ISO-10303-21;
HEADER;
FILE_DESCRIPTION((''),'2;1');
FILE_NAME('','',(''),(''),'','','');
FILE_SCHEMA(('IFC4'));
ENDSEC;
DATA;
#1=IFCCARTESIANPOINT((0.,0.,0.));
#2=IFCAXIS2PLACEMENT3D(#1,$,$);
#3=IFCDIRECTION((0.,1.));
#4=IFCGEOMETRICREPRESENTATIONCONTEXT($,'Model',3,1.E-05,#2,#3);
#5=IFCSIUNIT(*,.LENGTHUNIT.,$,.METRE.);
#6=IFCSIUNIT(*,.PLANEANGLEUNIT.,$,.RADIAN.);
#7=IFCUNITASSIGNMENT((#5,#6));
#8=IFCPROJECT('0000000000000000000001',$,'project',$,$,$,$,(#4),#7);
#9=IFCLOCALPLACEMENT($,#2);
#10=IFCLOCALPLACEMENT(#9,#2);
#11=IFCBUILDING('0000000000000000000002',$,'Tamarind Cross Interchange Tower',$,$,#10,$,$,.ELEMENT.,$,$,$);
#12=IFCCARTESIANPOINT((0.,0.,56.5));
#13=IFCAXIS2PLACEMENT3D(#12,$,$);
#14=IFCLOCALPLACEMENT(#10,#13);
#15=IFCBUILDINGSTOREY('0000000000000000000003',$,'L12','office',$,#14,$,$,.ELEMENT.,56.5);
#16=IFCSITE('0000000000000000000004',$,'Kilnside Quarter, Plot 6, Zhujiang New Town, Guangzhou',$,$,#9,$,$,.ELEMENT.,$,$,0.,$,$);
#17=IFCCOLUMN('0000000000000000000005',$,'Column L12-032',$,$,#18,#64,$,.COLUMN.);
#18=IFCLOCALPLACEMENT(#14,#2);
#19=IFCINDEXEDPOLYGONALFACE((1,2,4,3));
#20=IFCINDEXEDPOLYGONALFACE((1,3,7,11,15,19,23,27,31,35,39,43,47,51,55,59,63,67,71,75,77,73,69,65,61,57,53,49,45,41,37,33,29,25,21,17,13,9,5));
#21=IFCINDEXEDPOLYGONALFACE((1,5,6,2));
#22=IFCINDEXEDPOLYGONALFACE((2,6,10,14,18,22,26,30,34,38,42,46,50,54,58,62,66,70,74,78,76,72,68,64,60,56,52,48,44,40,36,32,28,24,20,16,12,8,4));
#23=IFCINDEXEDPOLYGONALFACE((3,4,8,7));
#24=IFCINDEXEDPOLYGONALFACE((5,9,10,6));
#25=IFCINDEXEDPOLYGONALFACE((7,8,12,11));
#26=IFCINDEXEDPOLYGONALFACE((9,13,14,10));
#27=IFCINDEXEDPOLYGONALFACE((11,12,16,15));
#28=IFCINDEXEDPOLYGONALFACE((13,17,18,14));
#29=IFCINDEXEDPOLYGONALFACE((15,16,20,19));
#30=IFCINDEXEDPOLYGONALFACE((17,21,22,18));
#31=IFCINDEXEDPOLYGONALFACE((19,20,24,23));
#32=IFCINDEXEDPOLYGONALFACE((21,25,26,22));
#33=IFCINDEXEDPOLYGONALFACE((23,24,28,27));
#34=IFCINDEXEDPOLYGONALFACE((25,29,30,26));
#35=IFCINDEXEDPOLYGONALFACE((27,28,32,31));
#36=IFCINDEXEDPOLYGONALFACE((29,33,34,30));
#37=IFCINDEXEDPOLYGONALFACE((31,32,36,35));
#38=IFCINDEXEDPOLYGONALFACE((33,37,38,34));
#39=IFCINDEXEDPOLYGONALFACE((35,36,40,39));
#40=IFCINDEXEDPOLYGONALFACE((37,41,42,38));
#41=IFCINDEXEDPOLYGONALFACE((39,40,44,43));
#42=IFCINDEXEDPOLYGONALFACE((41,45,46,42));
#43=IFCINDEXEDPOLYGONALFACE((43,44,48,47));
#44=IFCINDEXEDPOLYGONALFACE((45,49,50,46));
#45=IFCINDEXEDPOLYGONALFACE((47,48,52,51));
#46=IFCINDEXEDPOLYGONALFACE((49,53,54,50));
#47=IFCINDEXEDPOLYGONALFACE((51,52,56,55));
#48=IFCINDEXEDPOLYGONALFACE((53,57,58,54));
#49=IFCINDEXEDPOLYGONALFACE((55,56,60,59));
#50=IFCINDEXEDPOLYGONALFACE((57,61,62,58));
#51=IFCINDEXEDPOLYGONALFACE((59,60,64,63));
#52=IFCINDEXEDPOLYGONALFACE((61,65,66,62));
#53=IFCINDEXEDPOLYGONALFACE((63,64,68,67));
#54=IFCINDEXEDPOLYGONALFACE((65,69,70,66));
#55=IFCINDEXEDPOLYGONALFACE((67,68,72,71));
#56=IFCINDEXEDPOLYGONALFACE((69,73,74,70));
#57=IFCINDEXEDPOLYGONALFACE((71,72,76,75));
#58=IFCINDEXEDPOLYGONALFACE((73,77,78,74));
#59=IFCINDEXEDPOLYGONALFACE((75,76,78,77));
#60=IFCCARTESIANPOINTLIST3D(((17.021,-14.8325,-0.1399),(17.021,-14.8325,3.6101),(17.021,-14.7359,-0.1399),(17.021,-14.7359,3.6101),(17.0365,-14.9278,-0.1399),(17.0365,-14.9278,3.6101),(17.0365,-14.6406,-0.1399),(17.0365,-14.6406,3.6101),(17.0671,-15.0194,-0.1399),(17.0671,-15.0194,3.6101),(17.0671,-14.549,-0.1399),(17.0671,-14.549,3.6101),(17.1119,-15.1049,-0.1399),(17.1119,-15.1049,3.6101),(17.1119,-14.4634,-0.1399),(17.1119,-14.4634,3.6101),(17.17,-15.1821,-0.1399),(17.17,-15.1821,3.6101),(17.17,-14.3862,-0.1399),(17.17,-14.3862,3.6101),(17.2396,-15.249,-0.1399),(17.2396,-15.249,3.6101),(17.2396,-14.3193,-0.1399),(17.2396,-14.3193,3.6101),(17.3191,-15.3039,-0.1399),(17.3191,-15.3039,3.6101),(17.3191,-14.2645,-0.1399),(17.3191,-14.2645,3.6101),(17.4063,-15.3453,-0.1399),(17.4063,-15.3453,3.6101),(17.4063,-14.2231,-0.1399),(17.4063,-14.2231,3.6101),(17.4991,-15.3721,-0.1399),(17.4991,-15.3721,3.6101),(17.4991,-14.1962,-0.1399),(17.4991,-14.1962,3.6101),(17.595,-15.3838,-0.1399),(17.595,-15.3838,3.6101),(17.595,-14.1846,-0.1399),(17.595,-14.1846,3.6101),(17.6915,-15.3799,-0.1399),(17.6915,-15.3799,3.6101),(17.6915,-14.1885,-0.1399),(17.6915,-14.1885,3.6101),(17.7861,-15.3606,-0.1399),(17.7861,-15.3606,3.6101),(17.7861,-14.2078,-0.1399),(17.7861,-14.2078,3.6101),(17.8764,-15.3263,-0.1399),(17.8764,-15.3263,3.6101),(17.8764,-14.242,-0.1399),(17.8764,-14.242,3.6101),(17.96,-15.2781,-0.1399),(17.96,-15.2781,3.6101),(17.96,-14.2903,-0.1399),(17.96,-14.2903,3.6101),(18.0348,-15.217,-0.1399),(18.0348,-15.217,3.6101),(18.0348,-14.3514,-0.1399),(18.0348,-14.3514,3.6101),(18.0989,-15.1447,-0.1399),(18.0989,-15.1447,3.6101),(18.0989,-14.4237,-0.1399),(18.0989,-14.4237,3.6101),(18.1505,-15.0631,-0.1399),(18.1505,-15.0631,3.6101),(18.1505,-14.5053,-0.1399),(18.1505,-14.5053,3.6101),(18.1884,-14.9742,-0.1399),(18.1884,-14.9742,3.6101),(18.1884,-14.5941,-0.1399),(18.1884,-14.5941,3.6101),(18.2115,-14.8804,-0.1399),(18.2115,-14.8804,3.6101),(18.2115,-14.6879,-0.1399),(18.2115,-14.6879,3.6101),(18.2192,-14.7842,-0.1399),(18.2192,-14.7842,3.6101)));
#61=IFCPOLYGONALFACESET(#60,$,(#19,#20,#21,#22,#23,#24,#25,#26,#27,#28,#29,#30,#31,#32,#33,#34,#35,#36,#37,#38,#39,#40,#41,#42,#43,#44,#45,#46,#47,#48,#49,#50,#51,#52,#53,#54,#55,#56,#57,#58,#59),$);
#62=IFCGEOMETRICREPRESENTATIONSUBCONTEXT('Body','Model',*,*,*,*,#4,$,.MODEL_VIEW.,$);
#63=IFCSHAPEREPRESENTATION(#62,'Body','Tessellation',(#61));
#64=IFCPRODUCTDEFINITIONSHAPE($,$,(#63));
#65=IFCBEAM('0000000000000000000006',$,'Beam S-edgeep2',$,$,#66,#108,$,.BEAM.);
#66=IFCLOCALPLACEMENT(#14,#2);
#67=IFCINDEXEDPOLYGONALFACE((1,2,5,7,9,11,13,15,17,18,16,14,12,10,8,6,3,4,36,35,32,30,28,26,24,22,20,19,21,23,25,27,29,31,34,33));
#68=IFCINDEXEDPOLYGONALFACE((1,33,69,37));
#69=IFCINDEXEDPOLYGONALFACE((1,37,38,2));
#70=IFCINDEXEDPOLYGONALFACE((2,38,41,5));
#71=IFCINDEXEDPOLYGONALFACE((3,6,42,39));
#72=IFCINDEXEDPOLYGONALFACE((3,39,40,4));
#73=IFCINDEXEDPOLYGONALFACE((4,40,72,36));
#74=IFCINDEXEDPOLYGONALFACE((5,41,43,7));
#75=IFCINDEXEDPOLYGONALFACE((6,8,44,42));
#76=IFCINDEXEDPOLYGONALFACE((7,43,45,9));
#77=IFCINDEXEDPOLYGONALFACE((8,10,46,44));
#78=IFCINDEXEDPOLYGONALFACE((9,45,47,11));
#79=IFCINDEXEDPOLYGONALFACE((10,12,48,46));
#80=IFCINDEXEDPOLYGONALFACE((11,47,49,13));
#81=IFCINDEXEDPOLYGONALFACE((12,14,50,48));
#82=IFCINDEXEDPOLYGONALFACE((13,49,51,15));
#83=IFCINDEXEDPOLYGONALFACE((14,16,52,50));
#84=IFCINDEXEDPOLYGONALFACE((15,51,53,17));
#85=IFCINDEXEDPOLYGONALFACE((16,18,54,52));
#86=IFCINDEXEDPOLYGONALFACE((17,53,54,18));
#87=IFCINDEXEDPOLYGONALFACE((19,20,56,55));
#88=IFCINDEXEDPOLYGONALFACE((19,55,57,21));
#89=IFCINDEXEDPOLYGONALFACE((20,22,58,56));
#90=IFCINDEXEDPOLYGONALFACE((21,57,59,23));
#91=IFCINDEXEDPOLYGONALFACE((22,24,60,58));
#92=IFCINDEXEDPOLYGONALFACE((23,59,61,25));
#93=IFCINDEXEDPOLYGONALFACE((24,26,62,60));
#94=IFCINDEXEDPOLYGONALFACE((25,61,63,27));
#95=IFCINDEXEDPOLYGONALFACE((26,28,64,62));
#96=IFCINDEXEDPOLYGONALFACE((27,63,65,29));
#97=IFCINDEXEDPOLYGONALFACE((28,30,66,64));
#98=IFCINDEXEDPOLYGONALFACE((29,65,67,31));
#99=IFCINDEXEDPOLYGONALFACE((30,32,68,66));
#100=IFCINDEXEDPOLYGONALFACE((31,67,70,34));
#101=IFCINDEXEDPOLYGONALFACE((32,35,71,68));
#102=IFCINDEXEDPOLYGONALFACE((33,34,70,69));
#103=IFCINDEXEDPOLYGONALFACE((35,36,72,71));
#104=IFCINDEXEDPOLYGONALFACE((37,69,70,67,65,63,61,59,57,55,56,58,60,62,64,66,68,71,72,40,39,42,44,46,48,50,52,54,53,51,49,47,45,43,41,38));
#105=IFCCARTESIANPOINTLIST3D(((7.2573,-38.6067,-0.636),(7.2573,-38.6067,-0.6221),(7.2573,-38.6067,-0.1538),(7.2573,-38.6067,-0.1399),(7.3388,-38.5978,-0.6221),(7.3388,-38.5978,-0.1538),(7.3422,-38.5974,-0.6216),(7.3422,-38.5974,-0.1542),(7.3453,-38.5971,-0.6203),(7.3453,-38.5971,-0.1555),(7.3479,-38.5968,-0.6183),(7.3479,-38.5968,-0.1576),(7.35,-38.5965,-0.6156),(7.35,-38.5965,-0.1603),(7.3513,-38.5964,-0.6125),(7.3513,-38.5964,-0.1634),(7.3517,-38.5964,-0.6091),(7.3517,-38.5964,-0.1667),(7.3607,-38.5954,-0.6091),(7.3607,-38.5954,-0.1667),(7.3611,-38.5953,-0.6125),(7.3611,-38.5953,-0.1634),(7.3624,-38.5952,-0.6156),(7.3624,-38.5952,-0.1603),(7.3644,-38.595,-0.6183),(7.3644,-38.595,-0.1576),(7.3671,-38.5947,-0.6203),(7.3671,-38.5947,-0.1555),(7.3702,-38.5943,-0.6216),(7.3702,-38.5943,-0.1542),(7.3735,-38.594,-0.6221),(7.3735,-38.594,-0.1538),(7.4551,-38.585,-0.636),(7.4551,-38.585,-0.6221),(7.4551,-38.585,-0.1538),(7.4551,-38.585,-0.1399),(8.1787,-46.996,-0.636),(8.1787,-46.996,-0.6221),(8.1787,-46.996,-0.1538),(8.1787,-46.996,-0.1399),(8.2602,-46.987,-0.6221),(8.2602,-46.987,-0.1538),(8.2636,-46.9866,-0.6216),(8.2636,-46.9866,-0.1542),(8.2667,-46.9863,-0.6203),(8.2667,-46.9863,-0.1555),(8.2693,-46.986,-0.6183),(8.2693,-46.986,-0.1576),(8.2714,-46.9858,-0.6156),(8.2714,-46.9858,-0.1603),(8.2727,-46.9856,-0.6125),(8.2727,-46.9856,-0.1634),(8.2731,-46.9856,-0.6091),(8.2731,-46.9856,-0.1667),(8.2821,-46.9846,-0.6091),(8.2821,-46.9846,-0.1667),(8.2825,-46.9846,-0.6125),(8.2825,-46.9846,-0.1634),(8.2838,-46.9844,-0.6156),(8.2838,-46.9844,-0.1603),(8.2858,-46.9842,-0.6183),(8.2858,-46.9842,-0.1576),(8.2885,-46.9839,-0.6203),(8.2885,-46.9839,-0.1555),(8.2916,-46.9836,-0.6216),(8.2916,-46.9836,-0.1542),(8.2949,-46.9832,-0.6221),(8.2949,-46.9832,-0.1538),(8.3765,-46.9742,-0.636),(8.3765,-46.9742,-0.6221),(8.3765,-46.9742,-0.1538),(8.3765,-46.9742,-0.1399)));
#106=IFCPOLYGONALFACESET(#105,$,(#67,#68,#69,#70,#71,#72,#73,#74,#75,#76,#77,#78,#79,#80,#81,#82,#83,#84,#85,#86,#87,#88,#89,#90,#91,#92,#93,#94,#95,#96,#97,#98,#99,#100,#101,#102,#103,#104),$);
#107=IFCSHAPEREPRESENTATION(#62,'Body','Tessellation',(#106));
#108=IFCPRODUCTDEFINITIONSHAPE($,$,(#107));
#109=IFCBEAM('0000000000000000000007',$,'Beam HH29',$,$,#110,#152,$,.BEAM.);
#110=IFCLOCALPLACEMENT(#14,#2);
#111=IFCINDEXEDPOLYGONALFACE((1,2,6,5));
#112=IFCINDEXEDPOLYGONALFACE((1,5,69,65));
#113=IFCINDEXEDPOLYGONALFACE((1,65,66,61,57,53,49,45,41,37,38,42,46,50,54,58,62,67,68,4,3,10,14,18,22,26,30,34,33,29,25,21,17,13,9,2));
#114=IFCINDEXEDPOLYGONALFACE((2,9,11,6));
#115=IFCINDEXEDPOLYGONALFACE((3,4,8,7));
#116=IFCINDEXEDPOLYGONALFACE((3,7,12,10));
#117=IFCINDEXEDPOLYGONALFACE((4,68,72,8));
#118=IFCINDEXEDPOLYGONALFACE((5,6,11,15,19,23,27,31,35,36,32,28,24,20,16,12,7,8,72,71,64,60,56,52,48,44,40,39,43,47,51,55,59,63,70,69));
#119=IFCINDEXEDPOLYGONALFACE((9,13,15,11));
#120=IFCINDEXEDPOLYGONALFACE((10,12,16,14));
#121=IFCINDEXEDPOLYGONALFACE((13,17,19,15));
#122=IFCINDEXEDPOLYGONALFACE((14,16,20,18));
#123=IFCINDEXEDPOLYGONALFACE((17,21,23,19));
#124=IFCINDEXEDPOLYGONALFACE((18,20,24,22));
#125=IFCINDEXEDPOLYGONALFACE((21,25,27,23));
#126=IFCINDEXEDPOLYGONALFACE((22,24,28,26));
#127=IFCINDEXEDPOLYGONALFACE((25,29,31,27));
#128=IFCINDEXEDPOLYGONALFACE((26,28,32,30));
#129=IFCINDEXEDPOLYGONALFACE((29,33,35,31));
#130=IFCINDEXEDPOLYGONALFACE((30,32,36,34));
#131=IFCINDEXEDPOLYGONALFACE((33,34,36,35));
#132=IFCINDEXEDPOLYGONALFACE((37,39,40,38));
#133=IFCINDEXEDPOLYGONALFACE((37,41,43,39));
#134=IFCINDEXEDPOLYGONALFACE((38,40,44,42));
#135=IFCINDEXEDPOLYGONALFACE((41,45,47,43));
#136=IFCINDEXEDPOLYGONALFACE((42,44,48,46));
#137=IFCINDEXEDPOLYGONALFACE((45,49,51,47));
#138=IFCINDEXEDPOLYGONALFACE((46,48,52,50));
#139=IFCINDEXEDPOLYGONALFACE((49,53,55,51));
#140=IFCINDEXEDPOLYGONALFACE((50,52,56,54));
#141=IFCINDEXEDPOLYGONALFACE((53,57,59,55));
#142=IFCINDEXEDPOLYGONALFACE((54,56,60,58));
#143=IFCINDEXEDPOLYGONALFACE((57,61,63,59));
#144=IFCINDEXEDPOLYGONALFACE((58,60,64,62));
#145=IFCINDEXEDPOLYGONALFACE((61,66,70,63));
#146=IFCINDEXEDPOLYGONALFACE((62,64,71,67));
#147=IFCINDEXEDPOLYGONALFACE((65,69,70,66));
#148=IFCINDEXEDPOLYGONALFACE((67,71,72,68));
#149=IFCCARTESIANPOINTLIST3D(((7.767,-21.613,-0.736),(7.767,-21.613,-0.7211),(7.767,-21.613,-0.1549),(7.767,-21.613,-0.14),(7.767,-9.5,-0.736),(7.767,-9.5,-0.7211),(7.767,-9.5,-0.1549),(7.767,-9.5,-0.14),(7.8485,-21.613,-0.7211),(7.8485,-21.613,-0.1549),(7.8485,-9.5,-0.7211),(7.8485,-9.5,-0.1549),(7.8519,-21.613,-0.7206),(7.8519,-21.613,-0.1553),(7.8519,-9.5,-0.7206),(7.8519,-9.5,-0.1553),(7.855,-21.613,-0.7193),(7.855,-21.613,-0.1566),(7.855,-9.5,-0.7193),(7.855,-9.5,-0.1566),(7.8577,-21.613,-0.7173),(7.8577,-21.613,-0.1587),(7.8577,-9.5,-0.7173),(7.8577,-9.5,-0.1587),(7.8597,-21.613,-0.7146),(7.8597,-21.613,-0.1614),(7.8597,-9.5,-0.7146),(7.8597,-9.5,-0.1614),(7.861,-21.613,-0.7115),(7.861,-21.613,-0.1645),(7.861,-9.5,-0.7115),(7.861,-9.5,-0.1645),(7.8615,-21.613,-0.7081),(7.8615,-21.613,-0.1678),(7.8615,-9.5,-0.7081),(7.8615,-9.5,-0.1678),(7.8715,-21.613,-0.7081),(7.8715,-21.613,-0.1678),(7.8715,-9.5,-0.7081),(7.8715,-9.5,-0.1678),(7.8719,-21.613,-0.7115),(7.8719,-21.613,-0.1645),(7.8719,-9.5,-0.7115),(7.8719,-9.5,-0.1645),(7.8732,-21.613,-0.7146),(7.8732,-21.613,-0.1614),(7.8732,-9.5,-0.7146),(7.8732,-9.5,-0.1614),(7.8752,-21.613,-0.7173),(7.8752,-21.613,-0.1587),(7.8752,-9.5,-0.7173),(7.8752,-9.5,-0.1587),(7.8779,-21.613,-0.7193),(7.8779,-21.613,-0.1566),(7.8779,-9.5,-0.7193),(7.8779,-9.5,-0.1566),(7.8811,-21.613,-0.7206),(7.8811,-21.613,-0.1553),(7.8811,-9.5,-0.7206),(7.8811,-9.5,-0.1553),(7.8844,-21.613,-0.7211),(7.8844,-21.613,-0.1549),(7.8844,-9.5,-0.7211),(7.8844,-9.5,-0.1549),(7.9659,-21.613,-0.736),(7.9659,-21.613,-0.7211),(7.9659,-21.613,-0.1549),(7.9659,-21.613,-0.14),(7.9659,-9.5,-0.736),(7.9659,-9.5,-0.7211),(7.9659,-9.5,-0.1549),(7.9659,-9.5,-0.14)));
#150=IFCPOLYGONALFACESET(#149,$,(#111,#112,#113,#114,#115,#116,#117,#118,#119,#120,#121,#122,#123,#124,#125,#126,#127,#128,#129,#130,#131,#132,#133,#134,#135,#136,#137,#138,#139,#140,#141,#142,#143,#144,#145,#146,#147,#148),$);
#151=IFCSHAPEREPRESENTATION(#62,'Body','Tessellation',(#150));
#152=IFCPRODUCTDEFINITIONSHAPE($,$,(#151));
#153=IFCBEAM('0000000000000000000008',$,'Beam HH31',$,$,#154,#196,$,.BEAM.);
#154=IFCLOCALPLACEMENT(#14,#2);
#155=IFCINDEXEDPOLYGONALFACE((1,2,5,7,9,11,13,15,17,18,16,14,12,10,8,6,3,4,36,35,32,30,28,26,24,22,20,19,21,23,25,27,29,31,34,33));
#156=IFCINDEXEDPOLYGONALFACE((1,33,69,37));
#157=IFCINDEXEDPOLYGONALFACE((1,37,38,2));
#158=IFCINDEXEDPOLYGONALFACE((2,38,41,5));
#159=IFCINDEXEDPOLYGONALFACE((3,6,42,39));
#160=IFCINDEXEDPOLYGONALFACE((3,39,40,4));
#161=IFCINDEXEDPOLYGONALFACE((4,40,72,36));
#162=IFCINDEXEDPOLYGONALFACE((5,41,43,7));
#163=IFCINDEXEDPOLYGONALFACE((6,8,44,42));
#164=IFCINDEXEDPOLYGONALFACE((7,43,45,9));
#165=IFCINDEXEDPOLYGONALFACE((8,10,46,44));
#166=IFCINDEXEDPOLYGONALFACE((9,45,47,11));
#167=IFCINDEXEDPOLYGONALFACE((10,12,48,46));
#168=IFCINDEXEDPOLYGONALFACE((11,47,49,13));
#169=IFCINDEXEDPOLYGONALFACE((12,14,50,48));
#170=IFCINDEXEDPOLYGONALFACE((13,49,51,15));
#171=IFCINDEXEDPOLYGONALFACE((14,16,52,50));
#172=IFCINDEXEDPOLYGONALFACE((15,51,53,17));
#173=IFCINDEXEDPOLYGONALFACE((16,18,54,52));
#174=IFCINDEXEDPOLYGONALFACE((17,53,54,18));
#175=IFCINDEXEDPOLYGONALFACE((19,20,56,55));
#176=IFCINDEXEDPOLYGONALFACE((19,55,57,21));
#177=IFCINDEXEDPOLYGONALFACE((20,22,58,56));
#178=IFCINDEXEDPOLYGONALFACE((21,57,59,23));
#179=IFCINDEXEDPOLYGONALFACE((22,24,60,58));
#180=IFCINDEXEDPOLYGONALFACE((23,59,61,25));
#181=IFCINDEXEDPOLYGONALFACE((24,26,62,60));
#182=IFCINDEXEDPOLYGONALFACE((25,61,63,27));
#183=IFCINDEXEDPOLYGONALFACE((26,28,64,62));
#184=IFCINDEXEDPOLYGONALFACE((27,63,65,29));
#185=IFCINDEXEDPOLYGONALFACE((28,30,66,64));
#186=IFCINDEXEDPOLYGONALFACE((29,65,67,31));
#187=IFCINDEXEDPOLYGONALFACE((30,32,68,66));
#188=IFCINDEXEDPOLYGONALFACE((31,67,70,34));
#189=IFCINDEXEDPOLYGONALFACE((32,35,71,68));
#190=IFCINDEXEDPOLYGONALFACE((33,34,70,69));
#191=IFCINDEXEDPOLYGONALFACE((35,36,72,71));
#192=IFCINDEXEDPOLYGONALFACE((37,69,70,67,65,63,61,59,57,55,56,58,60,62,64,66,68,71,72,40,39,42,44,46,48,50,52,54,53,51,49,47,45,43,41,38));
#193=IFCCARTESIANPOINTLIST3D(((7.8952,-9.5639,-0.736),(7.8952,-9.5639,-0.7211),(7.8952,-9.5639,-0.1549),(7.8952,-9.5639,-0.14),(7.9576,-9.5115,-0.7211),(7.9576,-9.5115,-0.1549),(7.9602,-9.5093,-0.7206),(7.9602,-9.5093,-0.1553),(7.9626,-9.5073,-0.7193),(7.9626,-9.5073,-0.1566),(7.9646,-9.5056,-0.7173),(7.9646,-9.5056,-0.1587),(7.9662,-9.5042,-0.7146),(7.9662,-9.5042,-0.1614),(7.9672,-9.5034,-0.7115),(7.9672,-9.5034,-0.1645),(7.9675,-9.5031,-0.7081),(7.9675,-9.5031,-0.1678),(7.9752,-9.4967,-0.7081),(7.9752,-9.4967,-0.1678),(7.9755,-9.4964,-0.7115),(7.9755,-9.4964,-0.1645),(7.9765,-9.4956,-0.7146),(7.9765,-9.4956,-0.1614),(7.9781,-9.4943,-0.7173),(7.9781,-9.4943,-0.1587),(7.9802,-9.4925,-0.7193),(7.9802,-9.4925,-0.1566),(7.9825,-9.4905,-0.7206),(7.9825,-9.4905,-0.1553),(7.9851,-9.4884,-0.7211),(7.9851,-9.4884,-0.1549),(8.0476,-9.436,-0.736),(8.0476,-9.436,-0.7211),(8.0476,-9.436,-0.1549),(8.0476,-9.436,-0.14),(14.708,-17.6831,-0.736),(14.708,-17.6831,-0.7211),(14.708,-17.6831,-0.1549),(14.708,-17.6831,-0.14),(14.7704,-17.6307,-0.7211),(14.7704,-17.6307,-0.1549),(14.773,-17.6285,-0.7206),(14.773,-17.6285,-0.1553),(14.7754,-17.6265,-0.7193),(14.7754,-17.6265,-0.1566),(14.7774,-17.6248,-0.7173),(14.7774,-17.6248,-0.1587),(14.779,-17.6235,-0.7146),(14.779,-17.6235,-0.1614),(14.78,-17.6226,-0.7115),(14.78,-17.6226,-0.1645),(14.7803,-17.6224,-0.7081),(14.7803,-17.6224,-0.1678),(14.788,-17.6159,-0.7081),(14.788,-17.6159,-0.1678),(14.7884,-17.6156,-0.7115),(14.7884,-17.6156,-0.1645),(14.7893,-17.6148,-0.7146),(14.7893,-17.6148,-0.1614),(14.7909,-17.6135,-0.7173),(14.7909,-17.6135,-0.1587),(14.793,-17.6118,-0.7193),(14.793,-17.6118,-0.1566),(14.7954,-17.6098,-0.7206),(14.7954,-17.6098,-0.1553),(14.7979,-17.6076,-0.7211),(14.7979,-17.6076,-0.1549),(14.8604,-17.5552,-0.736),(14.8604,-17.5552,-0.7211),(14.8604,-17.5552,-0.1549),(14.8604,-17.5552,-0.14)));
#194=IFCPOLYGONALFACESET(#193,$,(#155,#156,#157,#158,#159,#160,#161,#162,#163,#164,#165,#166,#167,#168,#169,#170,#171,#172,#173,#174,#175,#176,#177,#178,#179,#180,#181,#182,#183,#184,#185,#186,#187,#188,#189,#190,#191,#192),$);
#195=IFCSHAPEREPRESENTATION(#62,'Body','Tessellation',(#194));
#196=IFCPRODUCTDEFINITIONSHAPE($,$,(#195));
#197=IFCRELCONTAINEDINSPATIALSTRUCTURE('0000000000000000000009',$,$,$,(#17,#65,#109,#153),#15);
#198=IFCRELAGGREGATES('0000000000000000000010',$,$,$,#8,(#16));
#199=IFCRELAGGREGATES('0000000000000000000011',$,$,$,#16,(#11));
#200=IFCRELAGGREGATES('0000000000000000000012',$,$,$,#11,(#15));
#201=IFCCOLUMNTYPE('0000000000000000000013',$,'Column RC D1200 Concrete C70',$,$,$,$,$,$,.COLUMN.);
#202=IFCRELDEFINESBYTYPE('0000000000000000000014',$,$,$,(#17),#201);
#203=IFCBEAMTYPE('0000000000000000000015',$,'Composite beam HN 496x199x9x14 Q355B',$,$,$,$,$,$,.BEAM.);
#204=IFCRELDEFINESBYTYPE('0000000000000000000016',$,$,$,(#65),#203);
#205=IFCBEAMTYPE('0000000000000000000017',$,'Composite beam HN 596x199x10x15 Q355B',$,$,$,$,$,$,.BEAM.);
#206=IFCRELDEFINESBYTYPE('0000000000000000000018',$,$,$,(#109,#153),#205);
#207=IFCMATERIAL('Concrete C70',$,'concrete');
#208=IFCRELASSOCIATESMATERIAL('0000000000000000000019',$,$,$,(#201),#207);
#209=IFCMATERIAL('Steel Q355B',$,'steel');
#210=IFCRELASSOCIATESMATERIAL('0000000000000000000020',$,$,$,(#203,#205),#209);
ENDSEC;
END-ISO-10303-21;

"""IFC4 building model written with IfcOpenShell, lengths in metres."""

from ifc_helpers import new_model, si_unit, direction, frame, origin, origin_2d, place, context, subcontext, project, spatial, circle, i_section, extrude, material, material_profile, profile_set, type_object, element, save


model = new_model("IFC4")

# Units and contexts
model_context = context("Model", 3, precision=1e-05, world=origin(), true_north=direction((0.0, 1.0)))
body_context = subcontext(model_context, "Body", "Model", "MODEL_VIEW")
ifc_project = project(units=[si_unit("LENGTHUNIT", "METRE"), si_unit("PLANEANGLEUNIT", "RADIAN")], contexts=[model_context])

# Site, building, storey
site_placement = place(None, origin())
site = spatial("IfcSite", under=ifc_project, at=site_placement, Name="Kilnside Quarter, Plot 6, Zhujiang New Town, Guangzhou", CompositionType="ELEMENT", RefElevation=0.0)
building_placement = place(site_placement, origin())
building = spatial("IfcBuilding", under=site, at=building_placement, Name="Tamarind Cross Interchange Tower", CompositionType="ELEMENT")
storey_placement = place(building_placement, frame((0.0, 0.0, 56.5)))
storey = spatial("IfcBuildingStorey", under=building, at=storey_placement, Name="L12", Description="office", CompositionType="ELEMENT", Elevation=56.5)

# Column
ifc_material_1 = material(Name="Concrete C70", Category="concrete")
ifc_material_profile_1 = material_profile(ifc_material_1, circle(Radius=0.6001, at=origin_2d()), Name="RC D1200")
ifc_profile_set_1 = profile_set([ifc_material_profile_1], Name="Concrete C70")
column_type_1 = type_object("IfcColumnType", Name="Column RC D1200 Concrete C70", PredefinedType="COLUMN", material=ifc_profile_set_1)
for number, where, z_axis, x_axis, name in (
    (1, (17.6191, -14.7842, -0.1399), (0.0, 0.0, 1.0), (1.0, 0.0, 0.0), "Column L12-032"),
):
    element("IfcColumn", number, at=place(storey_placement, frame(where, z_axis=z_axis, x_axis=x_axis)), inside=storey, type_object=column_type_1, Name=name, PredefinedType="COLUMN", context=body_context, shape_type="SweptSolid", body=[
        extrude(circle(Radius=0.6001, at=origin_2d()), origin(), (0.0, 0.0, 1.0), 3.75),
    ])

# Beams
ifc_material_2 = material(Name="Steel Q355B", Category="steel")
ifc_material_profile_2 = material_profile(ifc_material_2, i_section(OverallWidth=0.199, OverallDepth=0.4961, WebThickness=0.009, FlangeThickness=0.0139, FilletRadius=0.0129, at=origin_2d()), Name="HN 496x199x9x14")
ifc_profile_set_2 = profile_set([ifc_material_profile_2], Name="Steel Q355B")
beam_type_1 = type_object("IfcBeamType", Name="Composite beam HN 496x199x9x14 Q355B", PredefinedType="BEAM", material=ifc_profile_set_2)
beam_1_placement = place(storey_placement, frame((8.2776, -46.9851, -0.3879), z_axis=(-0.109174, 0.994023, 0.0), x_axis=(-0.994023, -0.109174, 0.0)))
element("IfcBeam", 2, at=beam_1_placement, inside=storey, type_object=beam_type_1, Name="Beam S-edgeep2", PredefinedType="BEAM", context=body_context, shape_type="SweptSolid", body=[
    extrude(i_section(OverallWidth=0.199, OverallDepth=0.4961, WebThickness=0.009, FlangeThickness=0.0139, FilletRadius=0.0129, at=origin_2d()), origin(), (0.0, 0.0, 1.0), 8.4397),
])
ifc_material_profile_3 = material_profile(ifc_material_2, i_section(OverallWidth=0.199, OverallDepth=0.5959, WebThickness=0.01, FlangeThickness=0.0149, FilletRadius=0.0129, at=origin_2d()), Name="HN 596x199x10x15")
ifc_profile_set_3 = profile_set([ifc_material_profile_3], Name="Steel Q355B")
beam_type_2 = type_object("IfcBeamType", Name="Composite beam HN 596x199x10x15 Q355B", PredefinedType="BEAM", material=ifc_profile_set_3)
beam_2_placement = place(storey_placement, frame((7.8665, -21.613, -0.438), z_axis=(0.0, 1.0, 0.0), x_axis=(-1.0, 0.0, 0.0)))
element("IfcBeam", 3, at=beam_2_placement, inside=storey, type_object=beam_type_2, Name="Beam HH29", PredefinedType="BEAM", context=body_context, shape_type="SweptSolid", body=[
    extrude(i_section(OverallWidth=0.199, OverallDepth=0.5959, WebThickness=0.01, FlangeThickness=0.0149, FilletRadius=0.0129, at=origin_2d()), origin(), (0.0, 0.0, 1.0), 12.113),
])
beam_3_placement = place(storey_placement, frame((14.7842, -17.6191, -0.438), z_axis=(-0.642786, 0.766046, 0.0), x_axis=(-0.766046, -0.642786, 0.0)))
element("IfcBeam", 4, at=beam_3_placement, inside=storey, type_object=beam_type_2, Name="Beam HH31", PredefinedType="BEAM", context=body_context, shape_type="SweptSolid", body=[
    extrude(i_section(OverallWidth=0.199, OverallDepth=0.5959, WebThickness=0.01, FlangeThickness=0.0149, FilletRadius=0.0129, at=origin_2d()), origin(), (0.0, 0.0, 1.0), 10.5989),
])

save(model, "model.ifc")
